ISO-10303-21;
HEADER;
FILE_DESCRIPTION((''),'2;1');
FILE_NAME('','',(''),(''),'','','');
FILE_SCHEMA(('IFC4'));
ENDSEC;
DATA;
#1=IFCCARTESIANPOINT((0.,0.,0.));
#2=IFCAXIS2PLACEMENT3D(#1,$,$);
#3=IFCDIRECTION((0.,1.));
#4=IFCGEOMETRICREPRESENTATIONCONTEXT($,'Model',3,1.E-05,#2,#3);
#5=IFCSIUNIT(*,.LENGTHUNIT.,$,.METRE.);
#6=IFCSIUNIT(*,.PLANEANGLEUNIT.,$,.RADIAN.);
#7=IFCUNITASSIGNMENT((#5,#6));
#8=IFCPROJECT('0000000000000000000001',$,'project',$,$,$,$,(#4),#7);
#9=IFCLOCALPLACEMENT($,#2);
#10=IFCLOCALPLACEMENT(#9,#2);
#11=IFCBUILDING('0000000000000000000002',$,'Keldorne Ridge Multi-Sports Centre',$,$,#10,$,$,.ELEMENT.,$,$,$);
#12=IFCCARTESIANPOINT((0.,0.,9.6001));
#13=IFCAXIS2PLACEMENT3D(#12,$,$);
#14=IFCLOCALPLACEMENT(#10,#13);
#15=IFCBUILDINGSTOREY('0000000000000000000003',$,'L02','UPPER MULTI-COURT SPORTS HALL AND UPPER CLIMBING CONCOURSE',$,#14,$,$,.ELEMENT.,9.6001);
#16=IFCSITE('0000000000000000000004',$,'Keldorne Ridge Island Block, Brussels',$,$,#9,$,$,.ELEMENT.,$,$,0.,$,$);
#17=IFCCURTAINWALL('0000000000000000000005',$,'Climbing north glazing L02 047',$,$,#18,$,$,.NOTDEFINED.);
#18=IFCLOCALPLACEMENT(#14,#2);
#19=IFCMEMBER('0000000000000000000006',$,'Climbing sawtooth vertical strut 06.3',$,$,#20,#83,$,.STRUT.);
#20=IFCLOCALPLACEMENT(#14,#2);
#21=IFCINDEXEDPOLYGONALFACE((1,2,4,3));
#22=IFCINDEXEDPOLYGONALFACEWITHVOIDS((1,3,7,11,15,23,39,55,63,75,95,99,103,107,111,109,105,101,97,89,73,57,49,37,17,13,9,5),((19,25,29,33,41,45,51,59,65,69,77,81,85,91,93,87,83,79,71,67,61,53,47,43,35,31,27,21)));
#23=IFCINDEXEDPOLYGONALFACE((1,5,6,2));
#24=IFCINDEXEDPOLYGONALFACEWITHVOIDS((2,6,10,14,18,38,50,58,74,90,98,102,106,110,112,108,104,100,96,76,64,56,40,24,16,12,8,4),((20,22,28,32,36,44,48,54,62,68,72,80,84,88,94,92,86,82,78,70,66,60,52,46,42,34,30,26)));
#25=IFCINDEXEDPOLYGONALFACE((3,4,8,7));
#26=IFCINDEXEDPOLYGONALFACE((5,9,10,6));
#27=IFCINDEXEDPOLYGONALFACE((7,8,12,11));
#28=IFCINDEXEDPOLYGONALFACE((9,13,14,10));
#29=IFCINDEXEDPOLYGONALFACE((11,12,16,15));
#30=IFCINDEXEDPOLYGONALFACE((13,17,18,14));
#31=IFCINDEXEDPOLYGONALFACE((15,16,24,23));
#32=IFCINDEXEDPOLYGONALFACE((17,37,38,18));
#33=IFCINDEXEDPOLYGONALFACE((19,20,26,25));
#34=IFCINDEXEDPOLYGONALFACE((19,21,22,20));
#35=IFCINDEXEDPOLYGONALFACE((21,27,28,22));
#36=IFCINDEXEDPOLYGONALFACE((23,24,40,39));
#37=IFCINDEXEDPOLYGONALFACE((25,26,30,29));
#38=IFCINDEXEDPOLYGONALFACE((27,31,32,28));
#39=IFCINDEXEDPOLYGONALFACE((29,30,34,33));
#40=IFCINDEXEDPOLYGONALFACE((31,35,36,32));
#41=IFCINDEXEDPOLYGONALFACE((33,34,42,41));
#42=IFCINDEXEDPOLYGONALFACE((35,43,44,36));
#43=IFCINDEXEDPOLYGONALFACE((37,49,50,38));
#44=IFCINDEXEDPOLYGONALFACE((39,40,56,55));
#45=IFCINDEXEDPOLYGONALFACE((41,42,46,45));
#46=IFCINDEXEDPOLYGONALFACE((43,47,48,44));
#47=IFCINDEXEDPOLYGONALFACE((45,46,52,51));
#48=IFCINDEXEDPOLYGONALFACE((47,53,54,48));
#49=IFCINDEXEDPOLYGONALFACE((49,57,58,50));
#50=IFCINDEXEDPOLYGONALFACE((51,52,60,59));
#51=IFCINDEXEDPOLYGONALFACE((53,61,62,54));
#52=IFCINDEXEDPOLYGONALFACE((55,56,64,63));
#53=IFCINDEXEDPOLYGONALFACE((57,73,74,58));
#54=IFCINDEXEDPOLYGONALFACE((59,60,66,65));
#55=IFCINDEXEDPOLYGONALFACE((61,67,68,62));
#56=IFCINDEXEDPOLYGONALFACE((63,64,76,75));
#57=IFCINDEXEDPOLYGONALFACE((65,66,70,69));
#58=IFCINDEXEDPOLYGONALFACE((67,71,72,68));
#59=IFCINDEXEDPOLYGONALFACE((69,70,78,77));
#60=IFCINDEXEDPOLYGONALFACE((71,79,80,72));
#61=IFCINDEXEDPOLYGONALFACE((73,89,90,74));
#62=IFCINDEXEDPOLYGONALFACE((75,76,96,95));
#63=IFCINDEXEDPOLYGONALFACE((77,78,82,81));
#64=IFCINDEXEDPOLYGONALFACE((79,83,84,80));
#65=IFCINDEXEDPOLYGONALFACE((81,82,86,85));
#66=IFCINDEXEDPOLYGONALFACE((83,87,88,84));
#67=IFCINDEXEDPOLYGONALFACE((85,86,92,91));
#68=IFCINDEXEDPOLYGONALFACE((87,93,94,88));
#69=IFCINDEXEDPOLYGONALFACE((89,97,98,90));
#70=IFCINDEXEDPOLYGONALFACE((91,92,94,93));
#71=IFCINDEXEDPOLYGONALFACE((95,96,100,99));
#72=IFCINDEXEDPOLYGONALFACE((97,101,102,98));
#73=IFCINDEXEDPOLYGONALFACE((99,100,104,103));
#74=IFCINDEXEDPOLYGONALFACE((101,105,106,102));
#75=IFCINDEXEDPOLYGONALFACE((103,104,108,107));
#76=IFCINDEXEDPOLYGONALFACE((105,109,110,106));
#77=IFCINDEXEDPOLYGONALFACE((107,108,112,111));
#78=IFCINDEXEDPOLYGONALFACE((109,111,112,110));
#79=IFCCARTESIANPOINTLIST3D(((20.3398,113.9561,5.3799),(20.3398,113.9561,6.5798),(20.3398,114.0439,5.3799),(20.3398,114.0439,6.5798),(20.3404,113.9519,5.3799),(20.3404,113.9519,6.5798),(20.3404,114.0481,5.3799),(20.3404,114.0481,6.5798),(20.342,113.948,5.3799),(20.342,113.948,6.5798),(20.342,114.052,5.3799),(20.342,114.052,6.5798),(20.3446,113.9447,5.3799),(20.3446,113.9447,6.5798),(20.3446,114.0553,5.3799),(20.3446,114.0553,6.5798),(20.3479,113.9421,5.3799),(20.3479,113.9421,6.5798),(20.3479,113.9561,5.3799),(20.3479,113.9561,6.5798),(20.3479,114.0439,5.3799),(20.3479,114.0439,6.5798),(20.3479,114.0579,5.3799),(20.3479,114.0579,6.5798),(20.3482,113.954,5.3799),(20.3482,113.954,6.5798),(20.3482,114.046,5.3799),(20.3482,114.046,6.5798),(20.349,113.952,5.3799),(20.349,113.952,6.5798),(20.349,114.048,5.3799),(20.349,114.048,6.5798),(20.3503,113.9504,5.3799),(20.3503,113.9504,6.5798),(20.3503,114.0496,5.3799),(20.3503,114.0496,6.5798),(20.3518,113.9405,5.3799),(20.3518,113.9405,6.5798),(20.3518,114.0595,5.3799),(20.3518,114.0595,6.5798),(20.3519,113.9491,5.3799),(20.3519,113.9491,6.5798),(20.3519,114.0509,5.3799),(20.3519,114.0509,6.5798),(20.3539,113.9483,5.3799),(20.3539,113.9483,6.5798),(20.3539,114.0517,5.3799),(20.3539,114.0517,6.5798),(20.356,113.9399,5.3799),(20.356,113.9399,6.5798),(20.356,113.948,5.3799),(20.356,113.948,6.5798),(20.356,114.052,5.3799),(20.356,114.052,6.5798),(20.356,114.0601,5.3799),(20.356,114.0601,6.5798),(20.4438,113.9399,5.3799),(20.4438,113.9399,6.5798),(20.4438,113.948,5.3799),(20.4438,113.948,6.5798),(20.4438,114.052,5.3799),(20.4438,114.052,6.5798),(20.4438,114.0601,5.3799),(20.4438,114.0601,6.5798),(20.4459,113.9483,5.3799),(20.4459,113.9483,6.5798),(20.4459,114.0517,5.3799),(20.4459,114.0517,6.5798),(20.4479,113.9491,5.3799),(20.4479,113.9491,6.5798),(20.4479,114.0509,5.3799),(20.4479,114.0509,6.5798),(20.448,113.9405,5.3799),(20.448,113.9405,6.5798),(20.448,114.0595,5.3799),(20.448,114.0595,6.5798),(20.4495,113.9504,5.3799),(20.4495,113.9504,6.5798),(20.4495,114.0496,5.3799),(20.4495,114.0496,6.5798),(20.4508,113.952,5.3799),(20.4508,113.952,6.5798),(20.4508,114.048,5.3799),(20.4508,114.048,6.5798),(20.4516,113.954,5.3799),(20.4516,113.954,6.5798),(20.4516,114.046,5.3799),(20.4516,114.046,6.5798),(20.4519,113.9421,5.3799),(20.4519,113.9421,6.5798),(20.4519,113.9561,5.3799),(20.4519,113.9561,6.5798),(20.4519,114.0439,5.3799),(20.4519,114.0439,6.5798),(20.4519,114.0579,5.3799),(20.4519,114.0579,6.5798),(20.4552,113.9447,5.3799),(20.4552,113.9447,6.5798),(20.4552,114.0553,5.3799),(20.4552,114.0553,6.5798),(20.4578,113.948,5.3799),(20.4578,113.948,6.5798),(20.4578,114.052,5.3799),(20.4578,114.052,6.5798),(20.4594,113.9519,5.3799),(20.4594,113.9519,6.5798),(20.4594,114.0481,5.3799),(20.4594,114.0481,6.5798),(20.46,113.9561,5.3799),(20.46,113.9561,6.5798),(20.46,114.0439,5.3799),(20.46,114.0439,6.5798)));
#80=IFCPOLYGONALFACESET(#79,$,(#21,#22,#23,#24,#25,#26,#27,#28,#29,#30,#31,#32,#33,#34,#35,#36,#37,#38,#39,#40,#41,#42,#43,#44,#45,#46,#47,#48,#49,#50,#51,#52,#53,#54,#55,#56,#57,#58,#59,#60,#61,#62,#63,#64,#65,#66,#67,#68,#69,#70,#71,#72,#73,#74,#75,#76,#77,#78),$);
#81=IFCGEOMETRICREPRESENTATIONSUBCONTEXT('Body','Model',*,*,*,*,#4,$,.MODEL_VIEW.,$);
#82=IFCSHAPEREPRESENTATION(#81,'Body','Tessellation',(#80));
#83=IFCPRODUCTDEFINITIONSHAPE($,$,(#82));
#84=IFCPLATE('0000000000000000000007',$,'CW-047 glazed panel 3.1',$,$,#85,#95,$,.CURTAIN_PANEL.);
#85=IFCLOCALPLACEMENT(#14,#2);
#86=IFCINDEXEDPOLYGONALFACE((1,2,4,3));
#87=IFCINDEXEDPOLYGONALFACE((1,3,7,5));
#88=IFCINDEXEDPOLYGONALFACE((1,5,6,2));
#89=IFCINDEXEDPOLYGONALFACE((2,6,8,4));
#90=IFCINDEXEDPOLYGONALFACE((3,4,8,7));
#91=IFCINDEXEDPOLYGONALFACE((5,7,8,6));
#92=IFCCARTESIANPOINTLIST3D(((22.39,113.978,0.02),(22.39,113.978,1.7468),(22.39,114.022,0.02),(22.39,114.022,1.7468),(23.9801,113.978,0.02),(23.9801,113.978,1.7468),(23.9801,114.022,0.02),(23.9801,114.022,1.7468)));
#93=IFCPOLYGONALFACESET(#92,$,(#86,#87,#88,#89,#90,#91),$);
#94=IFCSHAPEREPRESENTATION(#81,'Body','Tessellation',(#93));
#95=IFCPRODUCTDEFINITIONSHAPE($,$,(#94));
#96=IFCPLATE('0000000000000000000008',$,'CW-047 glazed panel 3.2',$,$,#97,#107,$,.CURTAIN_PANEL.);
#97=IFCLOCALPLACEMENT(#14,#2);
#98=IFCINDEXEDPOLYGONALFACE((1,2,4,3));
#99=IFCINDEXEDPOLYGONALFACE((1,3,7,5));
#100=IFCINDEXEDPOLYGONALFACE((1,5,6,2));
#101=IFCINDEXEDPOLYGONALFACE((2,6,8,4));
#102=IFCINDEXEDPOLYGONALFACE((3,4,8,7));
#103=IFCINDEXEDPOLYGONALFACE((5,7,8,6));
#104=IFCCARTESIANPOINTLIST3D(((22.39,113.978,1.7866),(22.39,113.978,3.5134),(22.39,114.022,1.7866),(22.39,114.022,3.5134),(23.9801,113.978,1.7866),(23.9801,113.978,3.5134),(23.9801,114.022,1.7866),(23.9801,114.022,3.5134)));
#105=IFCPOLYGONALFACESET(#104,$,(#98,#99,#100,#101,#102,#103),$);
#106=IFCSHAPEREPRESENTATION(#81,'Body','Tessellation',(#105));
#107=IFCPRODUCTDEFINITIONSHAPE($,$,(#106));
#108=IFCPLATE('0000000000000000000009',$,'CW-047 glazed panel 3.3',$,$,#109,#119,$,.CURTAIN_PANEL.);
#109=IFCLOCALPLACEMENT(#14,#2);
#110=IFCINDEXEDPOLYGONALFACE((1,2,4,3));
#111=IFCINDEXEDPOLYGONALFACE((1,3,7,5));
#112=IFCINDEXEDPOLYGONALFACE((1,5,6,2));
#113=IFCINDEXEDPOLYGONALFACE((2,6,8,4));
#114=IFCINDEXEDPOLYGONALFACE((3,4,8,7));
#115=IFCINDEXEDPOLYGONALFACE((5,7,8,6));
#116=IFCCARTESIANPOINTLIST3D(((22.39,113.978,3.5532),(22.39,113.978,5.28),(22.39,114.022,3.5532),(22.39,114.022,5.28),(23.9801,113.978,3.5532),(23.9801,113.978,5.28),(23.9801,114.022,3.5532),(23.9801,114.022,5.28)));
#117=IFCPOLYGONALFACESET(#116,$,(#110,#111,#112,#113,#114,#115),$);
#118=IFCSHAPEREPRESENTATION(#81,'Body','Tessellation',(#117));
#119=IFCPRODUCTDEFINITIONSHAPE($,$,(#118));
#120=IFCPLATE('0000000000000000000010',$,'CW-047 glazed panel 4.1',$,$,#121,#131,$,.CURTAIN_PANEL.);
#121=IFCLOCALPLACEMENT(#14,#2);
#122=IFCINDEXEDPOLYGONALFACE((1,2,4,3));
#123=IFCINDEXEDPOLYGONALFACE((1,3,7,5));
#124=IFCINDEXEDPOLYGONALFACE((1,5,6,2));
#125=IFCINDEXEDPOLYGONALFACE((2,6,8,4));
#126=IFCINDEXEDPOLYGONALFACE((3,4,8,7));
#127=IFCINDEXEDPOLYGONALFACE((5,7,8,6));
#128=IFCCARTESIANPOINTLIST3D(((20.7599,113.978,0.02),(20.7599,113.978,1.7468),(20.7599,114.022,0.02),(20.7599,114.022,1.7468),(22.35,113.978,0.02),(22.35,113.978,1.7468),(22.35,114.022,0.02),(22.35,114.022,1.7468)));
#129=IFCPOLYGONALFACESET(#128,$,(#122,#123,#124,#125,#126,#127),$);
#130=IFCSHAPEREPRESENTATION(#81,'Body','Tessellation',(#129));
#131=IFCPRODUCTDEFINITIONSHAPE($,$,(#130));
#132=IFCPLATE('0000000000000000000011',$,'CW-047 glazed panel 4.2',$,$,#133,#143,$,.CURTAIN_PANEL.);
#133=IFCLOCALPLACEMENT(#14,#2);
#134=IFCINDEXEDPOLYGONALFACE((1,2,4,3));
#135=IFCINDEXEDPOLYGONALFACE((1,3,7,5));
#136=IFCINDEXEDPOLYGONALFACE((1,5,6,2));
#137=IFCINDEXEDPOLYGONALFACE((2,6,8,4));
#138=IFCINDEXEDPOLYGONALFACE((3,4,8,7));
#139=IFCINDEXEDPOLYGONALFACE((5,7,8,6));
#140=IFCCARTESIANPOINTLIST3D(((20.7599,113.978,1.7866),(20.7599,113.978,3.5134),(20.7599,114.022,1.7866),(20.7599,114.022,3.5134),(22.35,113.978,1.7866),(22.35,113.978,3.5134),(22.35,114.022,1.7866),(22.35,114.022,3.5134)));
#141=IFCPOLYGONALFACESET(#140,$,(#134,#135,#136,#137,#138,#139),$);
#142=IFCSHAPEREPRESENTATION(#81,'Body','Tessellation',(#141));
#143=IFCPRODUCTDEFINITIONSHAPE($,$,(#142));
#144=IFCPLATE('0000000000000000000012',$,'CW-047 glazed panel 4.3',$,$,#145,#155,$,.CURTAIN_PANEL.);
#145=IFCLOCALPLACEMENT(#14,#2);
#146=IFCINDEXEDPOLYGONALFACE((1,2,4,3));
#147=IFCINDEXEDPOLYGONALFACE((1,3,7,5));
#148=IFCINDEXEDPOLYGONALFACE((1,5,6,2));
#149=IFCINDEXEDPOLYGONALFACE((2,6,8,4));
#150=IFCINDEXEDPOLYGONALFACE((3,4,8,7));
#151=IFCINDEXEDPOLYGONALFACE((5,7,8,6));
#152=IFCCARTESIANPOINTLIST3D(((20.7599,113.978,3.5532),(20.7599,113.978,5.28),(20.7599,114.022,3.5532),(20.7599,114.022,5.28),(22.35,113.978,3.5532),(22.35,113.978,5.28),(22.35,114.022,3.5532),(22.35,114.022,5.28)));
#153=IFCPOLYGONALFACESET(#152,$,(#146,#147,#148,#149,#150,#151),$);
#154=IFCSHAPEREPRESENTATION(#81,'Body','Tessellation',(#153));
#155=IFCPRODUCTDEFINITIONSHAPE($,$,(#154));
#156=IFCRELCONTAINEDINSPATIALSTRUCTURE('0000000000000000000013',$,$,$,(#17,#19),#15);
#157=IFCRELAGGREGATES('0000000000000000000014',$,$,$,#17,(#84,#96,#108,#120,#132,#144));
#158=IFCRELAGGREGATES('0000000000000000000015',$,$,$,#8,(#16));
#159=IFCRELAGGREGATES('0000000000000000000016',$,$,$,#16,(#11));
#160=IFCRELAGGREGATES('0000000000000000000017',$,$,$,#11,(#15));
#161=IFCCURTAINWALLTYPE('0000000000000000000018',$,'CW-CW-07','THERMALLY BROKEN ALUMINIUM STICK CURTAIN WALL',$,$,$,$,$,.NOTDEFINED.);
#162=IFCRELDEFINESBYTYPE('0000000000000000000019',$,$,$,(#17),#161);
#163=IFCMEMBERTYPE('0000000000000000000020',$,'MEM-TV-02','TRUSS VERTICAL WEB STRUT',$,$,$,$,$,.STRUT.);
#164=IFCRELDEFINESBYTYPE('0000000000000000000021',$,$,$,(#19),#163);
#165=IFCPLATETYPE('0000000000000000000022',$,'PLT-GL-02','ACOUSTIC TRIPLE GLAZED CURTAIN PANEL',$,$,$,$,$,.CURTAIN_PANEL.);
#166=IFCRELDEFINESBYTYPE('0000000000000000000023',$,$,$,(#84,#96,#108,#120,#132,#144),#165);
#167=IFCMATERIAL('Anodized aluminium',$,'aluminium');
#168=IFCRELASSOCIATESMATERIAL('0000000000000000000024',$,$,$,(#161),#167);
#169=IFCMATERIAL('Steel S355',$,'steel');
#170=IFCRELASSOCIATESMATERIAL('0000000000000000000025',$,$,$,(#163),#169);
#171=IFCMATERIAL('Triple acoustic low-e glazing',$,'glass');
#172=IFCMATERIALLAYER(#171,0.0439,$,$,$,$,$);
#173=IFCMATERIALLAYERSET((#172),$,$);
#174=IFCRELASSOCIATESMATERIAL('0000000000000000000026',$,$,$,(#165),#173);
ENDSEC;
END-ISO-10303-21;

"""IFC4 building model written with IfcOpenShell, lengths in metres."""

from ifc_helpers import new_model, si_unit, direction, frame, origin, origin_2d, place, context, subcontext, project, spatial, rectangle, hollow_rectangle, extrude, material, layer, layer_set, material_profile, profile_set, type_object, element, aggregate, save


model = new_model("IFC4")

# Units and contexts
model_context = context("Model", 3, precision=1e-05, world=origin(), true_north=direction((0.0, 1.0)))
body_context = subcontext(model_context, "Body", "Model", "MODEL_VIEW")
ifc_project = project(units=[si_unit("LENGTHUNIT", "METRE"), si_unit("PLANEANGLEUNIT", "RADIAN")], contexts=[model_context])

# Site, building, storey
site_placement = place(None, origin())
site = spatial("IfcSite", under=ifc_project, at=site_placement, Name="Keldorne Ridge Island Block, Brussels", CompositionType="ELEMENT", RefElevation=0.0)
building_placement = place(site_placement, origin())
building = spatial("IfcBuilding", under=site, at=building_placement, Name="Keldorne Ridge Multi-Sports Centre", CompositionType="ELEMENT")
storey_placement = place(building_placement, frame((0.0, 0.0, 9.6001)))
storey = spatial("IfcBuildingStorey", under=building, at=storey_placement, Name="L02", Description="UPPER MULTI-COURT SPORTS HALL AND UPPER CLIMBING CONCOURSE", CompositionType="ELEMENT", Elevation=9.6001)

# Shared definitions
ifc_material_1 = material(Name="Steel S355", Category="steel")

# Curtain wall
ifc_material_2 = material(Name="Anodized aluminium", Category="aluminium")
curtain_wall_type = type_object("IfcCurtainWallType", Name="CW-CW-07", Description="THERMALLY BROKEN ALUMINIUM STICK CURTAIN WALL", PredefinedType="NOTDEFINED", material=ifc_material_2)
curtain_wall_placement = place(storey_placement, origin())
curtain_wall = element("IfcCurtainWall", 1, at=curtain_wall_placement, inside=storey, type_object=curtain_wall_type, Name="Climbing north glazing L02 047", PredefinedType="NOTDEFINED")

# Member
ifc_material_profile_1 = material_profile(ifc_material_1, hollow_rectangle(XDim=0.1201, YDim=0.1201, WallThickness=0.0081, InnerFilletRadius=0.0081, OuterFilletRadius=0.0161, at=origin_2d()), Name="SHS 120x120x8")
ifc_profile_set_1 = profile_set([ifc_material_profile_1], Name="Steel S355")
member_type_1 = type_object("IfcMemberType", Name="MEM-TV-02", Description="TRUSS VERTICAL WEB STRUT", PredefinedType="STRUT", material=ifc_profile_set_1)
member_1_placement = place(storey_placement, frame((20.3999, 114.0, 5.3799), z_axis=(0.0, 0.0, 1.0), x_axis=(1.0, 0.0, 0.0)))
element("IfcMember", 2, at=member_1_placement, inside=storey, type_object=member_type_1, Name="Climbing sawtooth vertical strut 06.3", PredefinedType="STRUT", context=body_context, shape_type="SweptSolid", body=[
    extrude(hollow_rectangle(XDim=0.1201, YDim=0.1201, WallThickness=0.0081, InnerFilletRadius=0.0081, OuterFilletRadius=0.0161, at=origin_2d()), origin(), (0.0, 0.0, 1.0), 1.2),
])

# Plates
ifc_material_3 = material(Name="Triple acoustic low-e glazing", Category="glass")
ifc_layer = layer(ifc_material_3, 0.0439)
ifc_layer_set = layer_set([ifc_layer])
plate_type = type_object("IfcPlateType", Name="PLT-GL-02", Description="ACOUSTIC TRIPLE GLAZED CURTAIN PANEL", PredefinedType="CURTAIN_PANEL", material=ifc_layer_set)
plate_1_placement = place(storey_placement, frame((23.1851, 114.0, 0.02), z_axis=(0.0, 0.0, 1.0), x_axis=(-1.0, 0.0, 0.0)))
plate_1 = element("IfcPlate", 3, at=plate_1_placement, type_object=plate_type, Name="CW-047 glazed panel 3.1", PredefinedType="CURTAIN_PANEL", context=body_context, shape_type="SweptSolid", body=[
    extrude(rectangle(XDim=1.5901, YDim=0.0439, at=origin_2d()), origin(), (0.0, 0.0, 1.0), 1.7268),
])
plate_2_placement = place(storey_placement, frame((23.1851, 114.0, 1.7866), z_axis=(0.0, 0.0, 1.0), x_axis=(-1.0, 0.0, 0.0)))
plate_2 = element("IfcPlate", 4, at=plate_2_placement, type_object=plate_type, Name="CW-047 glazed panel 3.2", PredefinedType="CURTAIN_PANEL", context=body_context, shape_type="SweptSolid", body=[
    extrude(rectangle(XDim=1.5901, YDim=0.0439, at=origin_2d()), origin(), (0.0, 0.0, 1.0), 1.7268),
])
plate_3_placement = place(storey_placement, frame((23.1851, 114.0, 3.5532), z_axis=(0.0, 0.0, 1.0), x_axis=(-1.0, 0.0, 0.0)))
plate_3 = element("IfcPlate", 5, at=plate_3_placement, type_object=plate_type, Name="CW-047 glazed panel 3.3", PredefinedType="CURTAIN_PANEL", context=body_context, shape_type="SweptSolid", body=[
    extrude(rectangle(XDim=1.5901, YDim=0.0439, at=origin_2d()), origin(), (0.0, 0.0, 1.0), 1.7268),
])
plate_4_placement = place(storey_placement, frame((21.5549, 114.0, 0.02), z_axis=(0.0, 0.0, 1.0), x_axis=(-1.0, 0.0, 0.0)))
plate_4 = element("IfcPlate", 6, at=plate_4_placement, type_object=plate_type, Name="CW-047 glazed panel 4.1", PredefinedType="CURTAIN_PANEL", context=body_context, shape_type="SweptSolid", body=[
    extrude(rectangle(XDim=1.5901, YDim=0.0439, at=origin_2d()), origin(), (0.0, 0.0, 1.0), 1.7268),
])
plate_5_placement = place(storey_placement, frame((21.5549, 114.0, 1.7866), z_axis=(0.0, 0.0, 1.0), x_axis=(-1.0, 0.0, 0.0)))
plate_5 = element("IfcPlate", 7, at=plate_5_placement, type_object=plate_type, Name="CW-047 glazed panel 4.2", PredefinedType="CURTAIN_PANEL", context=body_context, shape_type="SweptSolid", body=[
    extrude(rectangle(XDim=1.5901, YDim=0.0439, at=origin_2d()), origin(), (0.0, 0.0, 1.0), 1.7268),
])
plate_6_placement = place(storey_placement, frame((21.5549, 114.0, 3.5532), z_axis=(0.0, 0.0, 1.0), x_axis=(-1.0, 0.0, 0.0)))
plate_6 = element("IfcPlate", 8, at=plate_6_placement, type_object=plate_type, Name="CW-047 glazed panel 4.3", PredefinedType="CURTAIN_PANEL", context=body_context, shape_type="SweptSolid", body=[
    extrude(rectangle(XDim=1.5901, YDim=0.0439, at=origin_2d()), origin(), (0.0, 0.0, 1.0), 1.7268),
])
aggregate(curtain_wall, [plate_1, plate_2, plate_3, plate_4, plate_5, plate_6])

save(model, "model.ifc")
